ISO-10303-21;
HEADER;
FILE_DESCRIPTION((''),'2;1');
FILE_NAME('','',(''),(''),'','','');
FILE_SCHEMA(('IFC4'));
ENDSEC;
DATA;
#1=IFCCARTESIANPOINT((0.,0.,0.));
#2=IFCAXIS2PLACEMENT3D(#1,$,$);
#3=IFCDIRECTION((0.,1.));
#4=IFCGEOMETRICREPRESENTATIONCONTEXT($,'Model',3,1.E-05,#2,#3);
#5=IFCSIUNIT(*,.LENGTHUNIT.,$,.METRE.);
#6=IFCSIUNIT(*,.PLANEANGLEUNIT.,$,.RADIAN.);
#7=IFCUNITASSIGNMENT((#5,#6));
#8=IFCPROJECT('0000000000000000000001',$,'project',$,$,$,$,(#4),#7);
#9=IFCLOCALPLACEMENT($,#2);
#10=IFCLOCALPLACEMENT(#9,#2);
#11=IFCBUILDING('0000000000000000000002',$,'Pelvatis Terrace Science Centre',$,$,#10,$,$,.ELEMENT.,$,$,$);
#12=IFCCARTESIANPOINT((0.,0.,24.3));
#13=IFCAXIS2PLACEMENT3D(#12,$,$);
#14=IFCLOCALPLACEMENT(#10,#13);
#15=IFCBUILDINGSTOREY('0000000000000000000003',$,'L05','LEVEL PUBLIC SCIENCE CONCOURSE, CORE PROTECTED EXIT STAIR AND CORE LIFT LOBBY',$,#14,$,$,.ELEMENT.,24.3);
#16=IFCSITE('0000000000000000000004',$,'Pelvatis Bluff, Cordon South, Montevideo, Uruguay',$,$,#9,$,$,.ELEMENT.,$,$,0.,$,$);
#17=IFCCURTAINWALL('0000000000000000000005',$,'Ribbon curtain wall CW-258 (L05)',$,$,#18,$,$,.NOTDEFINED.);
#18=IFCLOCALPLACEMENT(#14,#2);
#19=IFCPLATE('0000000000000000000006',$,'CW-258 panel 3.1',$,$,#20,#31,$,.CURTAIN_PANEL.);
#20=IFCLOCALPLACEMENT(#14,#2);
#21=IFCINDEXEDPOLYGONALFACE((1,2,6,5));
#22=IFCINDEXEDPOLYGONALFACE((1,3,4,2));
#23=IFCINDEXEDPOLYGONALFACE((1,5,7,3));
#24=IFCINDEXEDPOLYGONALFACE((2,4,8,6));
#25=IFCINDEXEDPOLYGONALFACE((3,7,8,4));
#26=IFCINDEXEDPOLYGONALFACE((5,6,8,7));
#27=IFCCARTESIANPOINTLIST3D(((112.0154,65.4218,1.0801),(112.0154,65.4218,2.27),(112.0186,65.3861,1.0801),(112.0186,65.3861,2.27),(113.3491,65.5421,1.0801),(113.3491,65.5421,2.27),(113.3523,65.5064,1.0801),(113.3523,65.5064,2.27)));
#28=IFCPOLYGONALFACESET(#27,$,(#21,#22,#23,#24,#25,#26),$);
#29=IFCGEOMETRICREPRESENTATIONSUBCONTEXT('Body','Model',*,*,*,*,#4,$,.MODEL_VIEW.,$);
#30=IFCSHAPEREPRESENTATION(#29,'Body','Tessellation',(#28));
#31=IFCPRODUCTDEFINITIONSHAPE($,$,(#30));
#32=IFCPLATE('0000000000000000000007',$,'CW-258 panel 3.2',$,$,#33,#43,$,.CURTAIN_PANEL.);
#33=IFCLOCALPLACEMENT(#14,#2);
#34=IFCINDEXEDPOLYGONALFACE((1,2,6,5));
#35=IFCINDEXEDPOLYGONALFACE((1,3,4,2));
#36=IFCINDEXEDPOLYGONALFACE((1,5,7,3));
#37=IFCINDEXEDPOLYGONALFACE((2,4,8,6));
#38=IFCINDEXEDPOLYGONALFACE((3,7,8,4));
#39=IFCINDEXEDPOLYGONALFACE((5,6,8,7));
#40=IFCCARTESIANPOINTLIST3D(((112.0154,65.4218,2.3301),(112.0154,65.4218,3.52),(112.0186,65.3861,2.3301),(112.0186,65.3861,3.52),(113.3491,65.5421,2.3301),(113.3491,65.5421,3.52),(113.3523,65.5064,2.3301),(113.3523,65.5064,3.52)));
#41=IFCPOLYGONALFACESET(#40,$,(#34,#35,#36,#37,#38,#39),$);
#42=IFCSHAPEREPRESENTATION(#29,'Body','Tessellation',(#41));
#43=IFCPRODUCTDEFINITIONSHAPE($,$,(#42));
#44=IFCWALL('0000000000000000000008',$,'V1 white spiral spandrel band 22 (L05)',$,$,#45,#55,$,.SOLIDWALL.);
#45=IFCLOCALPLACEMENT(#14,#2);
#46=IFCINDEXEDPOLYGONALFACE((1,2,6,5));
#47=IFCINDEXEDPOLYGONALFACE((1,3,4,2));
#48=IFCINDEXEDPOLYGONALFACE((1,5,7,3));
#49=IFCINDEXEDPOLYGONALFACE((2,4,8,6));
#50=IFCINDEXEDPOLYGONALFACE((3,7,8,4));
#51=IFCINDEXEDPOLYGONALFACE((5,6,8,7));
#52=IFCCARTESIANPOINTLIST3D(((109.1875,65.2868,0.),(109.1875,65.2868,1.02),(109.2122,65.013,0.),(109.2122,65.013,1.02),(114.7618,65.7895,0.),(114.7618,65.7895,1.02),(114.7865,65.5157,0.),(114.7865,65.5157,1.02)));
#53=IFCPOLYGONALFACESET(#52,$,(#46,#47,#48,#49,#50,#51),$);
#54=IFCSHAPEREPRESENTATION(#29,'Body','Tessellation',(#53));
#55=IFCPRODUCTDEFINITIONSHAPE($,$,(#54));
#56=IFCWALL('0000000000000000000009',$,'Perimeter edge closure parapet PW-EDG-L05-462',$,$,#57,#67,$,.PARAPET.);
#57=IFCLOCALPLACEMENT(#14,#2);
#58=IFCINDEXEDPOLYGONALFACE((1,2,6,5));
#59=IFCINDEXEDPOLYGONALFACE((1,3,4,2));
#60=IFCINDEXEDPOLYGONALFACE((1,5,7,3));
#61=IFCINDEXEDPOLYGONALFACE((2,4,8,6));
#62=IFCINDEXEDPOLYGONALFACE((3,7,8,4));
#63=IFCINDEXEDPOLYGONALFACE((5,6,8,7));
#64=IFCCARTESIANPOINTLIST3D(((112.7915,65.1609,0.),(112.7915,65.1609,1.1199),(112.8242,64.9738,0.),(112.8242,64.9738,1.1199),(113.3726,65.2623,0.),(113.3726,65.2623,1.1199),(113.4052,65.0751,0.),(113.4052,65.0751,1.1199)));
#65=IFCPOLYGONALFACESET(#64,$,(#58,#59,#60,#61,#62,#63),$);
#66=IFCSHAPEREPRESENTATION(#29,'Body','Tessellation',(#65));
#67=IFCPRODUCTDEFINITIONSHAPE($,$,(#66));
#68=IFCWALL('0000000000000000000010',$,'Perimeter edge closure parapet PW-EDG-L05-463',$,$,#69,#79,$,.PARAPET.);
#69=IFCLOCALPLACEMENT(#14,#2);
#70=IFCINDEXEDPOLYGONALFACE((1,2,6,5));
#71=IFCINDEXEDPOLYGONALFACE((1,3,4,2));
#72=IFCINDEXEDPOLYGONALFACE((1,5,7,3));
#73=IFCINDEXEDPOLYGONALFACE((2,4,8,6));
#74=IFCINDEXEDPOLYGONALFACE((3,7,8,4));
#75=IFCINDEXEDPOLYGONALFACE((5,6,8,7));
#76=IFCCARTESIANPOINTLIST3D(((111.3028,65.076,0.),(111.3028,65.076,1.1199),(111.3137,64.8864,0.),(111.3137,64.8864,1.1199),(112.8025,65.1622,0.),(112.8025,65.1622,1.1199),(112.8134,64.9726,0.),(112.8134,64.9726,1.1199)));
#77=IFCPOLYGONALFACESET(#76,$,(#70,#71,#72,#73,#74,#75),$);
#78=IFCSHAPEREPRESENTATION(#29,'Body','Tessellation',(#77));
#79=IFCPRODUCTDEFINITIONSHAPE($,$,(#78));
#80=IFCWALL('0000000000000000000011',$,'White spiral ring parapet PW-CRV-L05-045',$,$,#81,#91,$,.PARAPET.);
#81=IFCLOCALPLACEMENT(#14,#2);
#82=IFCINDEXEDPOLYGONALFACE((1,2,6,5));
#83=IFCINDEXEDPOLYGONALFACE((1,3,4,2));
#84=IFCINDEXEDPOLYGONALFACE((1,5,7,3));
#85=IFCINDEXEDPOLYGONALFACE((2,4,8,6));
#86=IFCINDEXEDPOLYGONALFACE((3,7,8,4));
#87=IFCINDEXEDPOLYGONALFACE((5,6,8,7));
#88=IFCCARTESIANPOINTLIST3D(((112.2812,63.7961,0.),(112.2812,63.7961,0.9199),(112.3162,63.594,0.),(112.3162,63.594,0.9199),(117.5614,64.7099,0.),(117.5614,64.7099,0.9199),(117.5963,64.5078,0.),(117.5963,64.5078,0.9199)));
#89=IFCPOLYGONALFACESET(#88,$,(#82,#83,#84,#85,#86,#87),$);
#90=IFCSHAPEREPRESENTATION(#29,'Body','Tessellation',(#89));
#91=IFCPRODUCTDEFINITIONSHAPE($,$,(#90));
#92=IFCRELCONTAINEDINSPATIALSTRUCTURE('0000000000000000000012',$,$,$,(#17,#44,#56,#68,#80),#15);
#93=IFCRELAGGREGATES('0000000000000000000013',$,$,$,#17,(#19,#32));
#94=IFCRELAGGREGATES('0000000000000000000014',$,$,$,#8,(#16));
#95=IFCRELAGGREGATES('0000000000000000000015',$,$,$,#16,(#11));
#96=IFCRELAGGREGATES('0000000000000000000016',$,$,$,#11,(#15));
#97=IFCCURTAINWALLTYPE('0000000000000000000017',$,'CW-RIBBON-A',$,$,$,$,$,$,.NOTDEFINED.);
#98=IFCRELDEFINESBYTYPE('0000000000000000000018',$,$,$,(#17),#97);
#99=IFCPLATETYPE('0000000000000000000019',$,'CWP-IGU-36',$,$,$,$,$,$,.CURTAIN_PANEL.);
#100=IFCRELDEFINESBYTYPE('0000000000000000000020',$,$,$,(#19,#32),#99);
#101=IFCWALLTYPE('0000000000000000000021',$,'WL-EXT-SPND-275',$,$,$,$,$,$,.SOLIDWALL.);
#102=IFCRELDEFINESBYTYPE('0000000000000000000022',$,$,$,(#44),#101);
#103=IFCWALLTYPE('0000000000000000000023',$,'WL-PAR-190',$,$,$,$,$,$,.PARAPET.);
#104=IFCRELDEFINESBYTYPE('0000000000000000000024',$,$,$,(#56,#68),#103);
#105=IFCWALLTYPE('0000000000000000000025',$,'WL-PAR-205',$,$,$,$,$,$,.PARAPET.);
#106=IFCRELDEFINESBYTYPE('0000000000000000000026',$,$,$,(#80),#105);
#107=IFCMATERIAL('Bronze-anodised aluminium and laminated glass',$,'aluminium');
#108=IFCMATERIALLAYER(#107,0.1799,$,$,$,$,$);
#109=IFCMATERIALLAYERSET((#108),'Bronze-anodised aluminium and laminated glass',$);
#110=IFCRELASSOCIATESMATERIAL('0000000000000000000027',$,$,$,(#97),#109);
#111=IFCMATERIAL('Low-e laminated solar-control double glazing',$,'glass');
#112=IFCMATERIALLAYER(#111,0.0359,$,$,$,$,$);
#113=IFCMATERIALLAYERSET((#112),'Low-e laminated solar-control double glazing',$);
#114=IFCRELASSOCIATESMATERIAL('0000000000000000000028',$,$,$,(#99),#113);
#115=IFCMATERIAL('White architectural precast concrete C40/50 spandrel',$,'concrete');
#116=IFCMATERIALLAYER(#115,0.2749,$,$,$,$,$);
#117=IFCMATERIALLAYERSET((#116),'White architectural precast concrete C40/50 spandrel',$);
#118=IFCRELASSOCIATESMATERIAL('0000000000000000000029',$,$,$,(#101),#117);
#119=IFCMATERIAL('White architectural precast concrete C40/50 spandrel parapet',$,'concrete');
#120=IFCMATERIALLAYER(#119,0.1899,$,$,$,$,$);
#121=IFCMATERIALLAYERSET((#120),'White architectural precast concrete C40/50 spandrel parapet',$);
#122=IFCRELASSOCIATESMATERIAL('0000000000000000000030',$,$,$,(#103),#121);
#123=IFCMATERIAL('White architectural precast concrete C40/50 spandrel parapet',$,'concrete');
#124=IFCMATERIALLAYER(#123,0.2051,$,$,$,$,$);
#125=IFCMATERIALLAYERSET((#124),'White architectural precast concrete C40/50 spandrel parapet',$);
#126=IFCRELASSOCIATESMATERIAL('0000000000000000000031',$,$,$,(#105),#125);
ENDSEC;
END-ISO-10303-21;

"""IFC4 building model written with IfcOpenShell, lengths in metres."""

from ifc_helpers import new_model, si_unit, direction, frame, frame_2d, origin, origin_2d, place, context, subcontext, project, spatial, rectangle, extrude, material, layer, layer_set, type_object, element, aggregate, save


model = new_model("IFC4")

# Units and contexts
model_context = context("Model", 3, precision=1e-05, world=origin(), true_north=direction((0.0, 1.0)))
body_context = subcontext(model_context, "Body", "Model", "MODEL_VIEW")
ifc_project = project(units=[si_unit("LENGTHUNIT", "METRE"), si_unit("PLANEANGLEUNIT", "RADIAN")], contexts=[model_context])

# Site, building, storey
site_placement = place(None, origin())
site = spatial("IfcSite", under=ifc_project, at=site_placement, Name="Pelvatis Bluff, Cordon South, Montevideo, Uruguay", CompositionType="ELEMENT", RefElevation=0.0)
building_placement = place(site_placement, origin())
building = spatial("IfcBuilding", under=site, at=building_placement, Name="Pelvatis Terrace Science Centre", CompositionType="ELEMENT")
storey_placement = place(building_placement, frame((0.0, 0.0, 24.3)))
storey = spatial("IfcBuildingStorey", under=building, at=storey_placement, Name="L05", Description="LEVEL PUBLIC SCIENCE CONCOURSE, CORE PROTECTED EXIT STAIR AND CORE LIFT LOBBY", CompositionType="ELEMENT", Elevation=24.3)

# Shared definitions
ifc_material_1 = material(Name="Bronze-anodised aluminium and laminated glass", Category="aluminium")
ifc_layer_1 = layer(ifc_material_1, 0.1799)
ifc_layer_set_1 = layer_set([ifc_layer_1], Name="Bronze-anodised aluminium and laminated glass")
curtain_wall_type = type_object("IfcCurtainWallType", Name="CW-RIBBON-A", PredefinedType="NOTDEFINED", material=ifc_layer_set_1)

# Curtain wall
curtain_wall_1_placement = place(storey_placement, origin())
curtain_wall_1 = element("IfcCurtainWall", 1, at=curtain_wall_1_placement, inside=storey, type_object=curtain_wall_type, Name="Ribbon curtain wall CW-258 (L05)", PredefinedType="NOTDEFINED")

# Plates
ifc_material_2 = material(Name="Low-e laminated solar-control double glazing", Category="glass")
ifc_layer_2 = layer(ifc_material_2, 0.0359)
ifc_layer_set_2 = layer_set([ifc_layer_2], Name="Low-e laminated solar-control double glazing")
plate_type = type_object("IfcPlateType", Name="CWP-IGU-36", PredefinedType="CURTAIN_PANEL", material=ifc_layer_set_2)
plate_1_placement = place(storey_placement, frame((112.6838, 65.4641, 1.0801), z_axis=(0.0, 0.0, 1.0), x_axis=(0.995958, 0.08982, 0.0)))
plate_1 = element("IfcPlate", 2, at=plate_1_placement, type_object=plate_type, Name="CW-258 panel 3.1", PredefinedType="CURTAIN_PANEL", context=body_context, shape_type="SweptSolid", body=[
    extrude(rectangle(XDim=1.3391, YDim=0.0359, at=origin_2d()), origin(), (0.0, 0.0, 1.0), 1.1899),
])
plate_2_placement = place(storey_placement, frame((112.6838, 65.4641, 2.3301), z_axis=(0.0, 0.0, 1.0), x_axis=(0.995958, 0.08982, 0.0)))
plate_2 = element("IfcPlate", 3, at=plate_2_placement, type_object=plate_type, Name="CW-258 panel 3.2", PredefinedType="CURTAIN_PANEL", context=body_context, shape_type="SweptSolid", body=[
    extrude(rectangle(XDim=1.3391, YDim=0.0359, at=origin_2d()), origin(), (0.0, 0.0, 1.0), 1.1899),
])
aggregate(curtain_wall_1, [plate_1, plate_2])

# Walls
ifc_material_3 = material(Name="White architectural precast concrete C40/50 spandrel", Category="concrete")
ifc_layer_3 = layer(ifc_material_3, 0.2749)
ifc_layer_set_3 = layer_set([ifc_layer_3], Name="White architectural precast concrete C40/50 spandrel")
wall_type_1 = type_object("IfcWallType", Name="WL-EXT-SPND-275", PredefinedType="SOLIDWALL", material=ifc_layer_set_3)
wall_1_placement = place(storey_placement, frame((109.2, 65.1499, 0.0), z_axis=(0.0, 0.0, 1.0), x_axis=(0.995958, 0.089816, 0.0)))
element("IfcWall", 4, at=wall_1_placement, inside=storey, type_object=wall_type_1, Name="V1 white spiral spandrel band 22 (L05)", PredefinedType="SOLIDWALL", context=body_context, shape_type="SweptSolid", body=[
    extrude(rectangle(XDim=5.5969, YDim=0.2749, at=frame_2d((2.7983, 0.0))), origin(), (0.0, 0.0, 1.0), 1.02),
])
ifc_material_4 = material(Name="White architectural precast concrete C40/50 spandrel parapet", Category="concrete")
ifc_layer_4 = layer(ifc_material_4, 0.1899)
ifc_layer_set_4 = layer_set([ifc_layer_4], Name="White architectural precast concrete C40/50 spandrel parapet")
wall_type_2 = type_object("IfcWallType", Name="WL-PAR-190", PredefinedType="PARAPET", material=ifc_layer_set_4)
wall_2_placement = place(storey_placement, frame((113.3889, 65.1687, 0.0), z_axis=(0.0, 0.0, 1.0), x_axis=(-0.985136, -0.171778, 0.0)))
element("IfcWall", 5, at=wall_2_placement, inside=storey, type_object=wall_type_2, Name="Perimeter edge closure parapet PW-EDG-L05-462", PredefinedType="PARAPET", context=body_context, shape_type="SweptSolid", body=[
    extrude(rectangle(XDim=0.5898, YDim=0.1899, at=frame_2d((0.2949, 0.0))), origin(), (0.0, 0.0, 1.0), 1.1199),
])
wall_3_placement = place(storey_placement, frame((112.8079, 65.0674, 0.0), z_axis=(0.0, 0.0, 1.0), x_axis=(-0.998353, -0.057369, 0.0)))
element("IfcWall", 6, at=wall_3_placement, inside=storey, type_object=wall_type_2, Name="Perimeter edge closure parapet PW-EDG-L05-463", PredefinedType="PARAPET", context=body_context, shape_type="SweptSolid", body=[
    extrude(rectangle(XDim=1.5022, YDim=0.1899, at=frame_2d((0.751, 0.0))), origin(), (0.0, 0.0, 1.0), 1.1199),
])
ifc_material_5 = material(Name="White architectural precast concrete C40/50 spandrel parapet", Category="concrete")
ifc_layer_5 = layer(ifc_material_5, 0.2051)
ifc_layer_set_5 = layer_set([ifc_layer_5], Name="White architectural precast concrete C40/50 spandrel parapet")
wall_type_3 = type_object("IfcWallType", Name="WL-PAR-205", PredefinedType="PARAPET", material=ifc_layer_set_5)
wall_4_placement = place(storey_placement, frame((112.2988, 63.6951, 0.0), z_axis=(0.0, 0.0, 1.0), x_axis=(0.985352, 0.170535, 0.0)))
element("IfcWall", 7, at=wall_4_placement, inside=storey, type_object=wall_type_3, Name="White spiral ring parapet PW-CRV-L05-045", PredefinedType="PARAPET", context=body_context, shape_type="SweptSolid", body=[
    extrude(rectangle(XDim=5.3586, YDim=0.2051, at=frame_2d((2.6792, 0.0))), origin(), (0.0, 0.0, 1.0), 0.9199),
])

save(model, "model.ifc")
